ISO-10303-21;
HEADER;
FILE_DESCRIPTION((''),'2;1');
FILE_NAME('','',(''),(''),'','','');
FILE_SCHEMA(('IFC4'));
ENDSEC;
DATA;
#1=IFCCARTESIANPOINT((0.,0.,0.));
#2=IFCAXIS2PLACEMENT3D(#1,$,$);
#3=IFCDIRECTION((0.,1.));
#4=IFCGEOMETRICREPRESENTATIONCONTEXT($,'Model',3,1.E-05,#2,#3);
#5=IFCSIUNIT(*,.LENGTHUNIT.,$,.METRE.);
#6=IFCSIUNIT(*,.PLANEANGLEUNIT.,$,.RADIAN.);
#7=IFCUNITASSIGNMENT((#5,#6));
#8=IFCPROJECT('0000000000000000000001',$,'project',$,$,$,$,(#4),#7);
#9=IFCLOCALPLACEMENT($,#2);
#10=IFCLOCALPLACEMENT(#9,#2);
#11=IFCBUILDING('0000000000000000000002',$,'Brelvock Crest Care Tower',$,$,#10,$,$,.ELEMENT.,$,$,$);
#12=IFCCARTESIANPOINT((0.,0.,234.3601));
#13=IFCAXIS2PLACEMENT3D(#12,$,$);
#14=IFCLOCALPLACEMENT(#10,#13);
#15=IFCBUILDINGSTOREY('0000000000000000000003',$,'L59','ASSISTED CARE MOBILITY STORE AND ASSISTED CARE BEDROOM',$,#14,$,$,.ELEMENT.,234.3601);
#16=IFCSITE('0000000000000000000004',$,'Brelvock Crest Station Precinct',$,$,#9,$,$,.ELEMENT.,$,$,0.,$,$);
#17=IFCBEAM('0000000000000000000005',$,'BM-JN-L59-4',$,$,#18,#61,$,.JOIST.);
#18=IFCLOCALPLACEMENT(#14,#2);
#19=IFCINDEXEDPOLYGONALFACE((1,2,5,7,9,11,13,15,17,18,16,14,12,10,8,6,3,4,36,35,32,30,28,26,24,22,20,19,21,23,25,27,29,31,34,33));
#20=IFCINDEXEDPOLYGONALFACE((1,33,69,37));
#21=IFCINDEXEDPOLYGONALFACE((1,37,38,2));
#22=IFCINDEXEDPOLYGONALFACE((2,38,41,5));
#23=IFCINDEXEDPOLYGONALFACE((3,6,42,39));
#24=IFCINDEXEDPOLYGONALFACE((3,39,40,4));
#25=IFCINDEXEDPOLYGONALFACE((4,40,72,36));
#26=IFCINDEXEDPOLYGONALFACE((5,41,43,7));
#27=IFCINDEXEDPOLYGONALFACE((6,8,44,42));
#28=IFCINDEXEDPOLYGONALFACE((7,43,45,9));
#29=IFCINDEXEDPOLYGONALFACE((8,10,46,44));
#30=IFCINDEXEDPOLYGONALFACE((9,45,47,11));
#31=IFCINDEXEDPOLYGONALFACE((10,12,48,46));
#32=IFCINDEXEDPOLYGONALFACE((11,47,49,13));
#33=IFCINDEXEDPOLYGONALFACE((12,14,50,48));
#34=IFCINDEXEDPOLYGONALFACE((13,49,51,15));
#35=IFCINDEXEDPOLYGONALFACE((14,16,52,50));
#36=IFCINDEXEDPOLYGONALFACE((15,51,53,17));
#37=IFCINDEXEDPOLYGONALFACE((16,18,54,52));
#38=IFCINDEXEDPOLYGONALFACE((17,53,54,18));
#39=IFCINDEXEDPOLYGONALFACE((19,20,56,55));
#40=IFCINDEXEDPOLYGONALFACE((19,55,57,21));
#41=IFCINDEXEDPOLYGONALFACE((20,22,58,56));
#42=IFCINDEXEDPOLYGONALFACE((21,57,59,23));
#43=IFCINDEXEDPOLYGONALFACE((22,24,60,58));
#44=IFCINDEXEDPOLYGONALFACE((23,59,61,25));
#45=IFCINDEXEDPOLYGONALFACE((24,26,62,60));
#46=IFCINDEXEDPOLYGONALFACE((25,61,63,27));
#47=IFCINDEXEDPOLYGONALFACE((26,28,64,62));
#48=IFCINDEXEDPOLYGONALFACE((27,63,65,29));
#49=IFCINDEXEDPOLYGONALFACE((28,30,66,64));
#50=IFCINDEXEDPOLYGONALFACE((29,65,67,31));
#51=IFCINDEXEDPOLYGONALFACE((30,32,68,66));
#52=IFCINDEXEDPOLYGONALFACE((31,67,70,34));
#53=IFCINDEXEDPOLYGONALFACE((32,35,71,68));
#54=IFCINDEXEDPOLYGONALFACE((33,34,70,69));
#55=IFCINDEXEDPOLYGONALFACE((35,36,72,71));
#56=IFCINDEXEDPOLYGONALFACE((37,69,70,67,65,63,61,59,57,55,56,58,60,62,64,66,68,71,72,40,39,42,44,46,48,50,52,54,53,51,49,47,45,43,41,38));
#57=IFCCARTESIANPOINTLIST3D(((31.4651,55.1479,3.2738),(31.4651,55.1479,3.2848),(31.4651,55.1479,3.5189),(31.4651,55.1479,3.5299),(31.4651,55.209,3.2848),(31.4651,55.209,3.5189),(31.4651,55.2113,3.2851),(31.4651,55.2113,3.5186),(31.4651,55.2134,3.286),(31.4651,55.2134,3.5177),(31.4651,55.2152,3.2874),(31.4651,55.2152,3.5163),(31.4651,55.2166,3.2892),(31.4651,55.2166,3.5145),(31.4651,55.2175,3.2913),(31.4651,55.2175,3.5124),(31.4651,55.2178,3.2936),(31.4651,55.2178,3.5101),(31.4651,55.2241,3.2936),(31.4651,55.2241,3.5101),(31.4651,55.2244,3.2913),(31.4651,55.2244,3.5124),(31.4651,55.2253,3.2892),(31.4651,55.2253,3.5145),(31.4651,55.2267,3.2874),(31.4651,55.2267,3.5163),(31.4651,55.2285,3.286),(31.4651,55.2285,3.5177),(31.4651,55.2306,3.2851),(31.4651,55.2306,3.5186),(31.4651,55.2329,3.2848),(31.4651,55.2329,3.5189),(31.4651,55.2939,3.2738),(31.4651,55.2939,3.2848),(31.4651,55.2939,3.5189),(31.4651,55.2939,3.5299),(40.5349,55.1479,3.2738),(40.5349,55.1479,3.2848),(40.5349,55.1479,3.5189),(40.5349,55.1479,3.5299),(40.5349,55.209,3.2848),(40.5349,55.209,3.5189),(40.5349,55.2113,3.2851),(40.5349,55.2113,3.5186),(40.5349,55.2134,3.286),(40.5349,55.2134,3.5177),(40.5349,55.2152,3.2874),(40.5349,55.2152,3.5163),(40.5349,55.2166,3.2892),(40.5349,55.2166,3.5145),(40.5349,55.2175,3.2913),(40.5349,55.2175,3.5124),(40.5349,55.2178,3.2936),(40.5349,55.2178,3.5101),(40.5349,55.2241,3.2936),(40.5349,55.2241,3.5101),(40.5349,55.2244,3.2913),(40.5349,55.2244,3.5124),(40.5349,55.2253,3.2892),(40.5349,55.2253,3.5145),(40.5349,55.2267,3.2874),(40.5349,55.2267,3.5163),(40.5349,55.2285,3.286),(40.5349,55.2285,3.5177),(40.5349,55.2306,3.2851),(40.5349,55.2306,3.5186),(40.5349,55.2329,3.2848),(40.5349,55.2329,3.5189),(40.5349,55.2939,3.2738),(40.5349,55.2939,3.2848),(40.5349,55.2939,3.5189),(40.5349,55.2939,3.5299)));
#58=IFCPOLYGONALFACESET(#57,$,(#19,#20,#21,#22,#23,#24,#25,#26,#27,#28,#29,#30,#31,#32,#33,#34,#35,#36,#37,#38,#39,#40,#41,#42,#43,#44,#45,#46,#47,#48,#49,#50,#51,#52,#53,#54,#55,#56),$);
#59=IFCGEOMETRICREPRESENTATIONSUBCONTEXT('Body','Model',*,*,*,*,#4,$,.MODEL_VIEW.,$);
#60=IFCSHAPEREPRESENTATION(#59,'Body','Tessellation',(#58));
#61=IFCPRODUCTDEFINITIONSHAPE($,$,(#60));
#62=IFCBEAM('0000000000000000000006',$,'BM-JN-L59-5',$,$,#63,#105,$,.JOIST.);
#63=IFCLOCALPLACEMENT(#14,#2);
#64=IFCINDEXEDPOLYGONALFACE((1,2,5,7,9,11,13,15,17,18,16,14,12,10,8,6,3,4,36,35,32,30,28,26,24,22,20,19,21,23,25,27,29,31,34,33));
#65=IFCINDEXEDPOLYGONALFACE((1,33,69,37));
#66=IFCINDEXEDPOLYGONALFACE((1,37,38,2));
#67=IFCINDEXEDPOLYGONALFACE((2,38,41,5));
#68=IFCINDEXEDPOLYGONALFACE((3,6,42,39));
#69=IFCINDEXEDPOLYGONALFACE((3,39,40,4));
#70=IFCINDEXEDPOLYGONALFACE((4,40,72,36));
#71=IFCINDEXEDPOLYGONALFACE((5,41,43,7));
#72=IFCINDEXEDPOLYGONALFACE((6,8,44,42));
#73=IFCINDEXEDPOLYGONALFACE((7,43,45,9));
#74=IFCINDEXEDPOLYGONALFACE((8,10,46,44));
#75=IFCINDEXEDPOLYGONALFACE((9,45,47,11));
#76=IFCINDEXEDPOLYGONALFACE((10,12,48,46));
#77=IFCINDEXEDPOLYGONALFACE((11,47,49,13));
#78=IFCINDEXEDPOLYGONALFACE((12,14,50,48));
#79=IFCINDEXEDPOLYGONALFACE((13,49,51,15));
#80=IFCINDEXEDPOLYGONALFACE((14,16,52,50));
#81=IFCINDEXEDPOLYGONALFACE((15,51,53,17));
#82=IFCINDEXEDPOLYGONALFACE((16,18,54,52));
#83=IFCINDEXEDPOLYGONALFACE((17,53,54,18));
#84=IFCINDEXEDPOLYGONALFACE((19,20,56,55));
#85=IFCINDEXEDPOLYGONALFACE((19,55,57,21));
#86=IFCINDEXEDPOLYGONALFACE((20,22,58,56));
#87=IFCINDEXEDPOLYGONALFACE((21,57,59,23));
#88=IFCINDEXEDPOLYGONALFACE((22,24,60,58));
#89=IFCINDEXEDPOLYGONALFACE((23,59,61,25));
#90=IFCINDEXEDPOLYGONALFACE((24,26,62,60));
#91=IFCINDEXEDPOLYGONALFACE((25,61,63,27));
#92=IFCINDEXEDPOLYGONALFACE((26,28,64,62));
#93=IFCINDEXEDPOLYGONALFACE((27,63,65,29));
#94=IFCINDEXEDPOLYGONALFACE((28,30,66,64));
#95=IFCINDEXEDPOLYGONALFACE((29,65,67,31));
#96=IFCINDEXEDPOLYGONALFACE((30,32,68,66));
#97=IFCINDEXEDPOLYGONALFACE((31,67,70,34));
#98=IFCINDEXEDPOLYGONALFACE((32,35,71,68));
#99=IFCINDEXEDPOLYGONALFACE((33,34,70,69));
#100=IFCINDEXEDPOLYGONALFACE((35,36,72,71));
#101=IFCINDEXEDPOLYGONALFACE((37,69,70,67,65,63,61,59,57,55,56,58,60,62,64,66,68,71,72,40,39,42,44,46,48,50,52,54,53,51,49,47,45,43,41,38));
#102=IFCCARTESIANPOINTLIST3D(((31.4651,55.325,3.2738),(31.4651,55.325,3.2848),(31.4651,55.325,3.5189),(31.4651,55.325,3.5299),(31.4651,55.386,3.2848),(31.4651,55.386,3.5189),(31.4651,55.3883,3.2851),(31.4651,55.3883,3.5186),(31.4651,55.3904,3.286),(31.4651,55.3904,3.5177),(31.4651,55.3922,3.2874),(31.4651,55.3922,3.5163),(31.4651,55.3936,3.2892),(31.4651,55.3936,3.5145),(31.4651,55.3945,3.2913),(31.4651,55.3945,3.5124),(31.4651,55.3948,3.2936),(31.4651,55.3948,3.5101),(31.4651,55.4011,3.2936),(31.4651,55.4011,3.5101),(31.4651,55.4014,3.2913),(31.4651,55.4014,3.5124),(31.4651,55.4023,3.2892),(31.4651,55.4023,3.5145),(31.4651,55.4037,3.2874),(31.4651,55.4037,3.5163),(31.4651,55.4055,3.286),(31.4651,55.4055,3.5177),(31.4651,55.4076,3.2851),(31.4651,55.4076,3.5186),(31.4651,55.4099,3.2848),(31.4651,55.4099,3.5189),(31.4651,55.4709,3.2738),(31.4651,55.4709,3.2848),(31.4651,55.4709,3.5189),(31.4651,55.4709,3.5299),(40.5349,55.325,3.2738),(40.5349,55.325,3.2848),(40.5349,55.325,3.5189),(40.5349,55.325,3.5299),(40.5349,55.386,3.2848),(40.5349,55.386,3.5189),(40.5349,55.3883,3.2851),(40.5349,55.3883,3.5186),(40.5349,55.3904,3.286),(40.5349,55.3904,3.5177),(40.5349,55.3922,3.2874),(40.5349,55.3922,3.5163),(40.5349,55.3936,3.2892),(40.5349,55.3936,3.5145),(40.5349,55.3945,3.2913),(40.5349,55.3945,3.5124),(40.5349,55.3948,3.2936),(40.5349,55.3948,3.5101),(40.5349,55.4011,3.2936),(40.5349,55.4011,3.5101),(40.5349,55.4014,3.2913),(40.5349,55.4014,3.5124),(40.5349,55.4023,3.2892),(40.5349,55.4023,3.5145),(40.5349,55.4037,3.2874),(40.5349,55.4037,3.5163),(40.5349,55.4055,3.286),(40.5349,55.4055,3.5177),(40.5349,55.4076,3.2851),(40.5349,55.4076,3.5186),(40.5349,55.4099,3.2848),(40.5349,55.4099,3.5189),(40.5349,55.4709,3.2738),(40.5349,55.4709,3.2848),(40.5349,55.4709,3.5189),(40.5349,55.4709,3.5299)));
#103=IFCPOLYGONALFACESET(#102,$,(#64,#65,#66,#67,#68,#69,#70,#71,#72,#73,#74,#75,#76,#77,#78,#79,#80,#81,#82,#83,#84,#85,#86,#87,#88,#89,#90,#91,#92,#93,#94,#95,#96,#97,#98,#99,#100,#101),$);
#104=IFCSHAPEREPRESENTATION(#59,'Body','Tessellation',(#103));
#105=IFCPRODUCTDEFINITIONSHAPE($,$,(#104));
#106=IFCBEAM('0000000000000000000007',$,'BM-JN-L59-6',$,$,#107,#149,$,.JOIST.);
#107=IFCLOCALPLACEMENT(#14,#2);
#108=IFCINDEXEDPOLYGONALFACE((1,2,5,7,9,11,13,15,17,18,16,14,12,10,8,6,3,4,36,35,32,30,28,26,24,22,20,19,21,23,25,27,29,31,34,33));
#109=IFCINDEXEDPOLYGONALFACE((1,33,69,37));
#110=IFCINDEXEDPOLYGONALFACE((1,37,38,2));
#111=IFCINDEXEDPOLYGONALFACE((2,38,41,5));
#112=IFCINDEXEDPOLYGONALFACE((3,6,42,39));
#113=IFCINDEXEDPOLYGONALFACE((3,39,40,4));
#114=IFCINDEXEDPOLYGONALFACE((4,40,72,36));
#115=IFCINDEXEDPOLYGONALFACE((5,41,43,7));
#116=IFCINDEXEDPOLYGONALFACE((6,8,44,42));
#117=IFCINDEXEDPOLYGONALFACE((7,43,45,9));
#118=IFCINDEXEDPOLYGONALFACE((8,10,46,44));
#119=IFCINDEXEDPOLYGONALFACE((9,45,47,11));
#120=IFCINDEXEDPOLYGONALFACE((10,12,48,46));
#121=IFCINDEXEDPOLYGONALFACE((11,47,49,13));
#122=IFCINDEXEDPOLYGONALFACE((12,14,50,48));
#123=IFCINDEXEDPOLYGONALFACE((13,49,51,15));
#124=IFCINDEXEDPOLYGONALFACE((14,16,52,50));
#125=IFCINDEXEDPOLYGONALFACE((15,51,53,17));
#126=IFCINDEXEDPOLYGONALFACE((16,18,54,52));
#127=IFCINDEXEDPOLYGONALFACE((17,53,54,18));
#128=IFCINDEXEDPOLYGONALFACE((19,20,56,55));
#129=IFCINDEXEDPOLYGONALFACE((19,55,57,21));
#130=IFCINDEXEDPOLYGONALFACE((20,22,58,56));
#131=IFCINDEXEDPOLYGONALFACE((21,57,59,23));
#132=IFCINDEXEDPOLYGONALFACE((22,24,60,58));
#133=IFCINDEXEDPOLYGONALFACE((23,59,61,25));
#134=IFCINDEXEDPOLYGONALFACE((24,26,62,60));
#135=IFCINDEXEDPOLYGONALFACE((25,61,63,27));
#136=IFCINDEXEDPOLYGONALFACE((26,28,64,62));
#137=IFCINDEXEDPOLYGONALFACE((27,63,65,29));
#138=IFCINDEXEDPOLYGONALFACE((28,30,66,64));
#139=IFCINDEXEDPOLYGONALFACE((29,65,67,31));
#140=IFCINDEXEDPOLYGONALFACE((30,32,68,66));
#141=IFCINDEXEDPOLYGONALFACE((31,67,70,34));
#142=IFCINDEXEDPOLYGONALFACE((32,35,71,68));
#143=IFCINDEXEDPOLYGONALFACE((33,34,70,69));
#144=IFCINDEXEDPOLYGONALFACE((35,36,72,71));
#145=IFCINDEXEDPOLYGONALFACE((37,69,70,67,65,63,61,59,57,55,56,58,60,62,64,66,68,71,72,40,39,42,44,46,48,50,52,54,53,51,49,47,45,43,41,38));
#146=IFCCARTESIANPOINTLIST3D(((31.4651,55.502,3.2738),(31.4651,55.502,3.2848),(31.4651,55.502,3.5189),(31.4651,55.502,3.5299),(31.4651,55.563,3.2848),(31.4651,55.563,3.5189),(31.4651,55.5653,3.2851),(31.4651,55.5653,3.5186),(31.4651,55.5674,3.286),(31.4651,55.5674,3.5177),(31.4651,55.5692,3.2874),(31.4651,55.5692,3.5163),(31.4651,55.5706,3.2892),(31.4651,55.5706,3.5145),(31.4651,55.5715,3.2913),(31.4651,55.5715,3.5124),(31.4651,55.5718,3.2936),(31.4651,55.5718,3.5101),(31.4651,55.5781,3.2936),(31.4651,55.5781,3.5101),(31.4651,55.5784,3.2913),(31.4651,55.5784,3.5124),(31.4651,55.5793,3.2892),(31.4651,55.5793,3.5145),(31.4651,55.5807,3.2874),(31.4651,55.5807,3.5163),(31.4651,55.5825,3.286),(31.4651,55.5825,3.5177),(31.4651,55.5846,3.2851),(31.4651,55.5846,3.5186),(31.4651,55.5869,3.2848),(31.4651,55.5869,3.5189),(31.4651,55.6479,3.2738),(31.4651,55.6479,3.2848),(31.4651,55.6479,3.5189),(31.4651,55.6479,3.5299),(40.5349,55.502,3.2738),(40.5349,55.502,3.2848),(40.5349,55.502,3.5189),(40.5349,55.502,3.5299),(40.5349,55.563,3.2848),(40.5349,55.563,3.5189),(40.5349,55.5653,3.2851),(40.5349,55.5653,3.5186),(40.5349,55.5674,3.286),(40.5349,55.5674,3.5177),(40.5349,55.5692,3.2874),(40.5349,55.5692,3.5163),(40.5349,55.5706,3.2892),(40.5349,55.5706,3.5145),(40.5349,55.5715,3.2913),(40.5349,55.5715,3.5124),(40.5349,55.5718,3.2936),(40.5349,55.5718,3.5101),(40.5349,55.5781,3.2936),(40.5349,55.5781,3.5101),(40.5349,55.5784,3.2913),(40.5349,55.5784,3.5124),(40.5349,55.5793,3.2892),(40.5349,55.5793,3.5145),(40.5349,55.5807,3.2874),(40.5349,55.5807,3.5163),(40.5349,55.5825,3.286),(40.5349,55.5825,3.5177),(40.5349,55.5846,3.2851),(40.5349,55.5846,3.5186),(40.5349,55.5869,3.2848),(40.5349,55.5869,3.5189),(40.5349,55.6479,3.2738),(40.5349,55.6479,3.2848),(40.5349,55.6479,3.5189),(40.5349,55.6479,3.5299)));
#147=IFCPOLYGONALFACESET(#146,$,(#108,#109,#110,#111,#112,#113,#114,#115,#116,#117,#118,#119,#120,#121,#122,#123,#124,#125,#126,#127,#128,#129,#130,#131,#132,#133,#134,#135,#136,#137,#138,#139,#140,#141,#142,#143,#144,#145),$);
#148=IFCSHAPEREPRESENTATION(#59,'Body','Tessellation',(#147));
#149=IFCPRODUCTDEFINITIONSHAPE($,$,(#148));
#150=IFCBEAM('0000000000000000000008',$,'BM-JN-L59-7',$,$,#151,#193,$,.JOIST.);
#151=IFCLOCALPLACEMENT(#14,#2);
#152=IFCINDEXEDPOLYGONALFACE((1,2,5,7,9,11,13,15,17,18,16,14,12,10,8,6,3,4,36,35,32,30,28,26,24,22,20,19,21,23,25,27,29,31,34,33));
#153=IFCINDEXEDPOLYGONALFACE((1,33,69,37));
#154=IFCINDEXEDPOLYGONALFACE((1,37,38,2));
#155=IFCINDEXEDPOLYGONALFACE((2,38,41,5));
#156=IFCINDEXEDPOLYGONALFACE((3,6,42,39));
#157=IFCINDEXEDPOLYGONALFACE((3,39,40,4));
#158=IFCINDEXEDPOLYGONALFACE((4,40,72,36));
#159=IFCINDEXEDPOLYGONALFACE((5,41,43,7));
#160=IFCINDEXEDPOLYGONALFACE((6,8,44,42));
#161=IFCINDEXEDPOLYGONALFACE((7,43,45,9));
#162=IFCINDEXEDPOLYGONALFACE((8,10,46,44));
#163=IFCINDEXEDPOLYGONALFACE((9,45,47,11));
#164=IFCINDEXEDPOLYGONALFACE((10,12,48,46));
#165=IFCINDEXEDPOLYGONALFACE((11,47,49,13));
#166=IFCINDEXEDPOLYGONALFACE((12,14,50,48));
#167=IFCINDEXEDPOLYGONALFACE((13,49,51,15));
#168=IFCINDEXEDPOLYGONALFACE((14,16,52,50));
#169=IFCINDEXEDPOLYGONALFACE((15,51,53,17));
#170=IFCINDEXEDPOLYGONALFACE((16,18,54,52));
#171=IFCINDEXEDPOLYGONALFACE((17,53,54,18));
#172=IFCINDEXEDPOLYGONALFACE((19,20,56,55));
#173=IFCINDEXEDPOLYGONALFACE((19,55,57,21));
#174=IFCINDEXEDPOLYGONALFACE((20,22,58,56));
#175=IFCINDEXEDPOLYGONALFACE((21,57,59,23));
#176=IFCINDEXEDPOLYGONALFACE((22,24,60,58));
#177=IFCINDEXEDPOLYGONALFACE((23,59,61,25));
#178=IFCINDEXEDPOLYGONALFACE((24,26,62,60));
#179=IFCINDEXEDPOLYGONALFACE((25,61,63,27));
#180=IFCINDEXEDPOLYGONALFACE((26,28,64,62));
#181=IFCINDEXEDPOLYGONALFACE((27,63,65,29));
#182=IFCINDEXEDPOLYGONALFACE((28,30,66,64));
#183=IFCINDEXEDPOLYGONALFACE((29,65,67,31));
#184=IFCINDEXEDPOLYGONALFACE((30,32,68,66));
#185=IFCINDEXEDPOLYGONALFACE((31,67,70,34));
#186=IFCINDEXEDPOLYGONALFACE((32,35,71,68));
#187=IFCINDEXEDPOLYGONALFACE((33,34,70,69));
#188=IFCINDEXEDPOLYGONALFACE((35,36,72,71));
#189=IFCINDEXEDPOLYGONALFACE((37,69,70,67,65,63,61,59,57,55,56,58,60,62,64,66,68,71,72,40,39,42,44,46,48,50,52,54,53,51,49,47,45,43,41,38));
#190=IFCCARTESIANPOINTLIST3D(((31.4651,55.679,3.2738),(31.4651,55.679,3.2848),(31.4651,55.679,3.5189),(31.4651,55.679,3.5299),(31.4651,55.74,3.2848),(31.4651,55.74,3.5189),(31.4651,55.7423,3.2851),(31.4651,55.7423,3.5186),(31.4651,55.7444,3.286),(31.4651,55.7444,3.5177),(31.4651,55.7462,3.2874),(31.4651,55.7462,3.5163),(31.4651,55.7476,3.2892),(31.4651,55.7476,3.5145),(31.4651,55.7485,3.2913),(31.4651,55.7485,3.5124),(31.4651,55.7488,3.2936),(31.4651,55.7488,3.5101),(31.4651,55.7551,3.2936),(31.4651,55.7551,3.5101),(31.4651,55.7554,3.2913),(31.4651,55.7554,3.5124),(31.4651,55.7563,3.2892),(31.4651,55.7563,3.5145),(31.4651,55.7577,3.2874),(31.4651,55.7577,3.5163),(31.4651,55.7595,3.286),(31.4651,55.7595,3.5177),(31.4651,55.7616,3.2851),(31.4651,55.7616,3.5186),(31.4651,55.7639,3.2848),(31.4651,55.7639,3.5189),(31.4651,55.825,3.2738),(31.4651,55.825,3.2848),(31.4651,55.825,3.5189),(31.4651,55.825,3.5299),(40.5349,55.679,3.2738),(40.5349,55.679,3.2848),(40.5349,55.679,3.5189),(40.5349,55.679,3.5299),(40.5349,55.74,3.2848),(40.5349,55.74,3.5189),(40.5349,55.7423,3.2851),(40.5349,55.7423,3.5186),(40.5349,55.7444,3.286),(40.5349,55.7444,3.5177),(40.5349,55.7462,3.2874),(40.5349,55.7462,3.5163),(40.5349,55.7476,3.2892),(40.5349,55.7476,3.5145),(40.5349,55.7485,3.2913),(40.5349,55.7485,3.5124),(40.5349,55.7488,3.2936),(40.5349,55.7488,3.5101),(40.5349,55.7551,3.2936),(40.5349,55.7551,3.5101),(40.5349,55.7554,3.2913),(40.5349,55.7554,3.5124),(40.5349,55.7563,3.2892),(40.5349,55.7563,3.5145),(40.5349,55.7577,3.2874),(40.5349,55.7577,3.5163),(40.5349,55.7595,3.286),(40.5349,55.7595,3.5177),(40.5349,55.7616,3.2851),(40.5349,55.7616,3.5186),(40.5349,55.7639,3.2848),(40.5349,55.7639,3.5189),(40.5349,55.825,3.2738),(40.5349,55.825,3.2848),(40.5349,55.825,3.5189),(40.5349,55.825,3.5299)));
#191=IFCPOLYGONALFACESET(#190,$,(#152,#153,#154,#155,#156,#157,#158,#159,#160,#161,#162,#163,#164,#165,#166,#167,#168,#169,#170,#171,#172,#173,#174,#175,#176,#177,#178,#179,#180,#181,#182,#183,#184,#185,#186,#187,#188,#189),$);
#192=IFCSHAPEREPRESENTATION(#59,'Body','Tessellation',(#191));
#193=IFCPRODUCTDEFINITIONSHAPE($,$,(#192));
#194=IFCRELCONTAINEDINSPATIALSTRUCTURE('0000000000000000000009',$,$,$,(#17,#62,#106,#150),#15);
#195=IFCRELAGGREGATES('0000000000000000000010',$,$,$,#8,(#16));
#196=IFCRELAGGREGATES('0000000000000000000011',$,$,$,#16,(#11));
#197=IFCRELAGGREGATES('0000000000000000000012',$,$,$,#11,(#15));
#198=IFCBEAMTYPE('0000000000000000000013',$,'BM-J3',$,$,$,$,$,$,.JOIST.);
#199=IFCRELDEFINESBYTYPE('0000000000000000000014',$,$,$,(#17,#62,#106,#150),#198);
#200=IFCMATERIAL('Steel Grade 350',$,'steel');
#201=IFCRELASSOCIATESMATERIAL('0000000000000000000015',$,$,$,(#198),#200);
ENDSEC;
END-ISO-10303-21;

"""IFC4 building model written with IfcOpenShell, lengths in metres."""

from ifc_helpers import new_model, si_unit, direction, frame, origin, origin_2d, place, context, subcontext, project, spatial, i_section, extrude, source, transform, mapped, material, material_profile, profile_set, type_object, element, save


model = new_model("IFC4")

# Units and contexts
model_context = context("Model", 3, precision=1e-05, world=origin(), true_north=direction((0.0, 1.0)))
body_context = subcontext(model_context, "Body", "Model", "MODEL_VIEW")
ifc_project = project(units=[si_unit("LENGTHUNIT", "METRE"), si_unit("PLANEANGLEUNIT", "RADIAN")], contexts=[model_context])

# Site, building, storey
site_placement = place(None, origin())
site = spatial("IfcSite", under=ifc_project, at=site_placement, Name="Brelvock Crest Station Precinct", CompositionType="ELEMENT", RefElevation=0.0)
building_placement = place(site_placement, origin())
building = spatial("IfcBuilding", under=site, at=building_placement, Name="Brelvock Crest Care Tower", CompositionType="ELEMENT")
storey_placement = place(building_placement, frame((0.0, 0.0, 234.3601)))
storey = spatial("IfcBuildingStorey", under=building, at=storey_placement, Name="L59", Description="ASSISTED CARE MOBILITY STORE AND ASSISTED CARE BEDROOM", CompositionType="ELEMENT", Elevation=234.3601)

# Shared definitions
ifc_material_1 = material(Name="Steel Grade 350", Category="steel")

# Beams
ifc_material_profile_1 = material_profile(ifc_material_1, i_section(OverallWidth=0.146, OverallDepth=0.2561, WebThickness=0.0063, FlangeThickness=0.011, FilletRadius=0.0088, at=origin_2d()), Name="250UB37.3")
ifc_profile_set_1 = profile_set([ifc_material_profile_1], Name="Steel Grade 350")
beam_type_1 = type_object("IfcBeamType", Name="BM-J3", PredefinedType="JOIST", material=ifc_profile_set_1)
shared_shape_1 = source(origin(), body_context, "Body", "SweptSolid", [
    extrude(i_section(OverallWidth=0.146, OverallDepth=0.2561, WebThickness=0.0063, FlangeThickness=0.011, FilletRadius=0.0088, at=origin_2d()), origin(), (0.0, 0.0, 1.0), 9.0698),
])
for number, where, z_axis, x_axis, name in (
    (1, (31.4651, 55.2209, 3.4019), (1.0, 0.0, 0.0), (0.0, 1.0, 0.0), "BM-JN-L59-4"),
    (2, (31.4651, 55.3979, 3.4019), (1.0, 0.0, 0.0), (0.0, 1.0, 0.0), "BM-JN-L59-5"),
    (3, (31.4651, 55.575, 3.4019), (1.0, 0.0, 0.0), (0.0, 1.0, 0.0), "BM-JN-L59-6"),
    (4, (31.4651, 55.752, 3.4019), (1.0, 0.0, 0.0), (0.0, 1.0, 0.0), "BM-JN-L59-7"),
):
    element("IfcBeam", number, at=place(storey_placement, frame(where, z_axis=z_axis, x_axis=x_axis)), inside=storey, type_object=beam_type_1, Name=name, PredefinedType="JOIST", context=body_context, shape_type="MappedRepresentation", body=[
        mapped(shared_shape_1, transform((0.0, 0.0, 0.0), x_axis=(1.0, 0.0, 0.0), y_axis=(0.0, 1.0, 0.0), z_axis=(0.0, 0.0, 1.0), scale=1.0)),
    ])

save(model, "model.ifc")
